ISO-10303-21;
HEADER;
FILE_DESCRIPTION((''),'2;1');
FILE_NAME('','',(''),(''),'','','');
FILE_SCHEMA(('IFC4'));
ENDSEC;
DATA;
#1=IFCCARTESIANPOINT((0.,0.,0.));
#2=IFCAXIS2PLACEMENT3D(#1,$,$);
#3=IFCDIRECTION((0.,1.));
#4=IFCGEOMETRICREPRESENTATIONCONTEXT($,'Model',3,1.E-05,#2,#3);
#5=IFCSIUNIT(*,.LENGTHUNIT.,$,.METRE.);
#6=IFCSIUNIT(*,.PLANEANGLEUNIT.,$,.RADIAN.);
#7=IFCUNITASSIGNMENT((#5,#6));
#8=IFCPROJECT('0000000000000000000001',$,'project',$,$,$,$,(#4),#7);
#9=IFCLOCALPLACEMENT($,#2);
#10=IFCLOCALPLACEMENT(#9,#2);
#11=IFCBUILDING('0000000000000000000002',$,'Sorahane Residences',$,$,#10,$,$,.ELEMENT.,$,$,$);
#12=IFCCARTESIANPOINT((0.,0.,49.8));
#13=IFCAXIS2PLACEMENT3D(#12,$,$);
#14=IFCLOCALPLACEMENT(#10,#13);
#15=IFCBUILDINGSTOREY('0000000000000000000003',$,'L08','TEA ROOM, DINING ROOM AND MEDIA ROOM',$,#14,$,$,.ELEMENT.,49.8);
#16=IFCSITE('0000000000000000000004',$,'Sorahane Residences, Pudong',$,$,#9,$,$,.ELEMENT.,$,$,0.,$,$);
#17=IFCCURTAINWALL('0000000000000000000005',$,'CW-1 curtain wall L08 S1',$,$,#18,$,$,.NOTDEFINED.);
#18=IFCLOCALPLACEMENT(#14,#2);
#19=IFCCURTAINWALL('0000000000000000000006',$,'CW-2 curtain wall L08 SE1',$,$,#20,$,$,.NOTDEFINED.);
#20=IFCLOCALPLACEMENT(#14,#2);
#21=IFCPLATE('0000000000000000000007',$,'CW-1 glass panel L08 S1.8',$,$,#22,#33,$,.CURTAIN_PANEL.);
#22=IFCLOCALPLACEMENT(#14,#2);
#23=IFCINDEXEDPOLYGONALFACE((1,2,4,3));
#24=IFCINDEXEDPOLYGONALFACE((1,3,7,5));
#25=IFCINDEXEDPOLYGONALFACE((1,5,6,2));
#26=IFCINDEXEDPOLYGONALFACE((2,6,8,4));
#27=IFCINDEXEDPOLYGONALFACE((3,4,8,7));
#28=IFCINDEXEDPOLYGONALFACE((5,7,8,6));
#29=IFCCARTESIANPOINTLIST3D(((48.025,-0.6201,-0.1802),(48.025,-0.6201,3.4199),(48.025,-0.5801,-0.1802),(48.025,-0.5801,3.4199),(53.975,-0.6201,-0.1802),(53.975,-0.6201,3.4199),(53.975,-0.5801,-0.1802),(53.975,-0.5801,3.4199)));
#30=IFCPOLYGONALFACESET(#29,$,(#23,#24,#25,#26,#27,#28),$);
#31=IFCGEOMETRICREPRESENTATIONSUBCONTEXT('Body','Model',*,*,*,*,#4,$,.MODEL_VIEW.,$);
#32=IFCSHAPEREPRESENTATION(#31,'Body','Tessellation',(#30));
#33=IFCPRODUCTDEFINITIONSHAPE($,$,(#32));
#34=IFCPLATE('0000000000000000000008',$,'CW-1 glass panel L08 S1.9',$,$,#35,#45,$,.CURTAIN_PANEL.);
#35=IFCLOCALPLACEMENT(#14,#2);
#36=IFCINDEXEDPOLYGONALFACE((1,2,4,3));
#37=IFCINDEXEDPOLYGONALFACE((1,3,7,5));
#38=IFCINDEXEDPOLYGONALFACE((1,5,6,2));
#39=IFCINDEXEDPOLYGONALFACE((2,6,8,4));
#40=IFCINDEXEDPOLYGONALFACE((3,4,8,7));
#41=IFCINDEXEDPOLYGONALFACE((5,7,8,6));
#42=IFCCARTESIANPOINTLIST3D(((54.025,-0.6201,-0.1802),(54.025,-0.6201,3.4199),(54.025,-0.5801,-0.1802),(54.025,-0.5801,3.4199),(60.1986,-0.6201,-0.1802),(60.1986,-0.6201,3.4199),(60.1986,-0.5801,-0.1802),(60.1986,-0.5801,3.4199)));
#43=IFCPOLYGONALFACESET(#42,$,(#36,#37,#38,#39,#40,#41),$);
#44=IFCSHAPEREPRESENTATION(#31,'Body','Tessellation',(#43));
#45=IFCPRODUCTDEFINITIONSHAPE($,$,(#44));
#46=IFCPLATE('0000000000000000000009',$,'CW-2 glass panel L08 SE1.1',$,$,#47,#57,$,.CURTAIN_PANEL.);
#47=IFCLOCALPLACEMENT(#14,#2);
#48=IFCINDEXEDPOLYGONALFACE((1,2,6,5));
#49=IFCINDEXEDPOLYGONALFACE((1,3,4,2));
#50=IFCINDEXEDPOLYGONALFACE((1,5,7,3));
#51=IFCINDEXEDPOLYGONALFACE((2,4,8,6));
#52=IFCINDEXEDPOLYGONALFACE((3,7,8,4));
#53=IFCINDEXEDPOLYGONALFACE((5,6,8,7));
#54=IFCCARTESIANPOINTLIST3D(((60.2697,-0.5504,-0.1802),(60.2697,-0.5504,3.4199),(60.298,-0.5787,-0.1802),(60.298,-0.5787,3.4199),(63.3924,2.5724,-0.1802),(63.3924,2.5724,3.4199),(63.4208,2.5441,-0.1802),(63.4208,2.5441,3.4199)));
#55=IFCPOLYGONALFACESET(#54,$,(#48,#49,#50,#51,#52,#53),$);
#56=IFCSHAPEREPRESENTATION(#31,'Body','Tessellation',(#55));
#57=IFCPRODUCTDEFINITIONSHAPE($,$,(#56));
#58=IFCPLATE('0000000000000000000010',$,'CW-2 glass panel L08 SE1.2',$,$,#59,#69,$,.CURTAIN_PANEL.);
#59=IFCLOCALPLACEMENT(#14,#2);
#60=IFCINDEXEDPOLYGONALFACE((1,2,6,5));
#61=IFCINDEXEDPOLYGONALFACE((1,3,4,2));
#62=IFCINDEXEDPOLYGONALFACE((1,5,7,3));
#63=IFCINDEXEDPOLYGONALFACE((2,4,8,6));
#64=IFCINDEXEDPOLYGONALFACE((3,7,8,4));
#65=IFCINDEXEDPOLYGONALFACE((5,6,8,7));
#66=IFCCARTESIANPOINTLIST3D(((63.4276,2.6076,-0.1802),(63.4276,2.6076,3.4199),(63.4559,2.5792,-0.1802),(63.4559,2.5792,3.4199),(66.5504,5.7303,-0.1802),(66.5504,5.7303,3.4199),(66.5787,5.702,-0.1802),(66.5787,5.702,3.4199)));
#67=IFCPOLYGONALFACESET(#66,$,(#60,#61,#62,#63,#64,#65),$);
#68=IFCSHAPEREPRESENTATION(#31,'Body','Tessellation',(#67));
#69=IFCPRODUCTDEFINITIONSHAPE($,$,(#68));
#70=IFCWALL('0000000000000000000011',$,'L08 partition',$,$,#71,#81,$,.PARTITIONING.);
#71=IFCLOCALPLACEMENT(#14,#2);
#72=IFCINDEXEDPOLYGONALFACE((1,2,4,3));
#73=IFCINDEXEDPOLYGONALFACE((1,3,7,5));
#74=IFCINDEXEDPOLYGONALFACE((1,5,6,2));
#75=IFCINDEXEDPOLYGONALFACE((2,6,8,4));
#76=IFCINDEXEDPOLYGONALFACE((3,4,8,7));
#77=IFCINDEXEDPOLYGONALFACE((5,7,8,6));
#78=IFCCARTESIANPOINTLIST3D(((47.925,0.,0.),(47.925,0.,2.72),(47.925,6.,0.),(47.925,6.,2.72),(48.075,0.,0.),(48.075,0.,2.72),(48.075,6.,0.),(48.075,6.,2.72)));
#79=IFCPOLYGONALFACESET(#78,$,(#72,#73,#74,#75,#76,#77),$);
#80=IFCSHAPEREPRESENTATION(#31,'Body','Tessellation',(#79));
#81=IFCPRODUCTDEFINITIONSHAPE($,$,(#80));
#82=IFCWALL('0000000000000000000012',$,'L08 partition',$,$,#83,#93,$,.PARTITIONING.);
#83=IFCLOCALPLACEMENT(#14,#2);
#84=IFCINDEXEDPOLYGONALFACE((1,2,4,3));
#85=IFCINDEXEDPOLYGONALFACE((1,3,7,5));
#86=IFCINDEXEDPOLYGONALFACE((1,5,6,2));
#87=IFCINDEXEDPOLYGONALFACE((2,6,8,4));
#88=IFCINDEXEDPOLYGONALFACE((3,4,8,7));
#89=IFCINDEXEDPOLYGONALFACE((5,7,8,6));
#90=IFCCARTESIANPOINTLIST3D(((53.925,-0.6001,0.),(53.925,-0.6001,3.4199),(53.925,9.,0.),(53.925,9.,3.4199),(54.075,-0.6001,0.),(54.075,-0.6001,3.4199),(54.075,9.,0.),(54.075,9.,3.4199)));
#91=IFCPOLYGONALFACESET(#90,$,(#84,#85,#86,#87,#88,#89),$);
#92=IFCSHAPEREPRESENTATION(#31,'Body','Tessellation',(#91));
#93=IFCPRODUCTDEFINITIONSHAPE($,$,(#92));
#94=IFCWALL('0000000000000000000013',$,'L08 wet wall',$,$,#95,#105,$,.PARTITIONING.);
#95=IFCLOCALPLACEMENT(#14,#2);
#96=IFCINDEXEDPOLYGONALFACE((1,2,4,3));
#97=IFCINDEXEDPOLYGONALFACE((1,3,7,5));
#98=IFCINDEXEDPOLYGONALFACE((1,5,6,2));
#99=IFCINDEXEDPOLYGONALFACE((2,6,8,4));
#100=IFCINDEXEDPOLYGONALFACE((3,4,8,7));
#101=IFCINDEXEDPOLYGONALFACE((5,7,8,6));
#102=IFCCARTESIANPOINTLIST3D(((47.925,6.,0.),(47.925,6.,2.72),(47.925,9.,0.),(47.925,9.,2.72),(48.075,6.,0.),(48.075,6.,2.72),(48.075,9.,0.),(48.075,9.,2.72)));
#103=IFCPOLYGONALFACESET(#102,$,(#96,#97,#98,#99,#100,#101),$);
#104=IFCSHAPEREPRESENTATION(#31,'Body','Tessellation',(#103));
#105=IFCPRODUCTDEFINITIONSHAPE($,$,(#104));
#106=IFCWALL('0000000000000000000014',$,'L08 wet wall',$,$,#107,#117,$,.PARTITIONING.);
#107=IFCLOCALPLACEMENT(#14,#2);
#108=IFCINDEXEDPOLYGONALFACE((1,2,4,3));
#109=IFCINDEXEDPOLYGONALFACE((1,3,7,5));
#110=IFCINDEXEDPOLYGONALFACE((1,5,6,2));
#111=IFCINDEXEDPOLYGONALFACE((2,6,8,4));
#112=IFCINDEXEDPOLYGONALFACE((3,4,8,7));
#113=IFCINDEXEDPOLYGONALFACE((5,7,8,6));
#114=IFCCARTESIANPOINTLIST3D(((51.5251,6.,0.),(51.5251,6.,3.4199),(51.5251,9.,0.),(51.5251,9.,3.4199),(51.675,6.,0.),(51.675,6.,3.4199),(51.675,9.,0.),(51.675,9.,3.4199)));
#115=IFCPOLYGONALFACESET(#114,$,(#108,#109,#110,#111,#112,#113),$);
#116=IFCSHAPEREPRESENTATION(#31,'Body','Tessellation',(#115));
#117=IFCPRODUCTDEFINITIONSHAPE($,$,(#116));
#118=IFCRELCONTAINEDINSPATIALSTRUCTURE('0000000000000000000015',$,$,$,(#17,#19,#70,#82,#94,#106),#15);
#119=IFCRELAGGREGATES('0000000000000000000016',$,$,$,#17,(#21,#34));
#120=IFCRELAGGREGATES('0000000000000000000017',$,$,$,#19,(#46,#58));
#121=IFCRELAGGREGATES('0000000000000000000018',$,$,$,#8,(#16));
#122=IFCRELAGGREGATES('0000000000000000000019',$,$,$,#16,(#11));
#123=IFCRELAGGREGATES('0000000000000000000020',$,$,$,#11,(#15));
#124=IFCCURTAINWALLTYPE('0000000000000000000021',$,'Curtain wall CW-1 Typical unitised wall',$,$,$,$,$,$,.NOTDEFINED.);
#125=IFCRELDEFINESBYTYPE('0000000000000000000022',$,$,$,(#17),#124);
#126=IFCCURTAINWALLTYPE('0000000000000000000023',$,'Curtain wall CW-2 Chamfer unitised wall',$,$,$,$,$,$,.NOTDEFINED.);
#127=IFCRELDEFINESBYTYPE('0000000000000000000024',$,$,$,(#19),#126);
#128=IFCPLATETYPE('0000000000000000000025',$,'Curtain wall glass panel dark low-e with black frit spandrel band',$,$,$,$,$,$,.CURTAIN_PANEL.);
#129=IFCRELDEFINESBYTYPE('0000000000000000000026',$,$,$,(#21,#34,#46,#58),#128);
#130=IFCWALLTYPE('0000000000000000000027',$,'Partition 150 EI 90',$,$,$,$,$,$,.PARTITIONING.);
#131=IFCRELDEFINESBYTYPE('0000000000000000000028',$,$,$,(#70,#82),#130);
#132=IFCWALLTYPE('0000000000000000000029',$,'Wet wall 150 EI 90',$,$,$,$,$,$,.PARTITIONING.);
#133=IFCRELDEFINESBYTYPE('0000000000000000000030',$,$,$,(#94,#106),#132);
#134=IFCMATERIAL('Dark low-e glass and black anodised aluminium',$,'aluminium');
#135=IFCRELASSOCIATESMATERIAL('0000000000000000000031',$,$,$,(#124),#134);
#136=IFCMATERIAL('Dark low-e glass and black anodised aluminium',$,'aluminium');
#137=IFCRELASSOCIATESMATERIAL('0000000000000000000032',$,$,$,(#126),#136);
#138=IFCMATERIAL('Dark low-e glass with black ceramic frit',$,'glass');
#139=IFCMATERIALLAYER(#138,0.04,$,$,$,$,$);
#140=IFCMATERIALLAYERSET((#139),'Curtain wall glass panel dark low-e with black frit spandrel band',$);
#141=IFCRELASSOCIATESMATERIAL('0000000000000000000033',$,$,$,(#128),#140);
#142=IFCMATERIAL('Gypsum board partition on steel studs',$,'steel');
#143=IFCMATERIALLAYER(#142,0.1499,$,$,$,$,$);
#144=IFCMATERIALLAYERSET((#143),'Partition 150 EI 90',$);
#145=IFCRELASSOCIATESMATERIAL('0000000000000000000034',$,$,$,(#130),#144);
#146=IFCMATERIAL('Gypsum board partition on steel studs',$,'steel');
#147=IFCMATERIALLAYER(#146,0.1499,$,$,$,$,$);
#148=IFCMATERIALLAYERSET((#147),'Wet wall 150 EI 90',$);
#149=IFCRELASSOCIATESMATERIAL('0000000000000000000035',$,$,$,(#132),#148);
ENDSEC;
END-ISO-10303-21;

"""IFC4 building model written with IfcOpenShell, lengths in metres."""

from ifc_helpers import new_model, si_unit, direction, frame, frame_2d, origin, origin_2d, place, context, subcontext, project, spatial, rectangle, extrude, material, layer, layer_set, type_object, element, aggregate, save


model = new_model("IFC4")

# Units and contexts
model_context = context("Model", 3, precision=1e-05, world=origin(), true_north=direction((0.0, 1.0)))
body_context = subcontext(model_context, "Body", "Model", "MODEL_VIEW")
ifc_project = project(units=[si_unit("LENGTHUNIT", "METRE"), si_unit("PLANEANGLEUNIT", "RADIAN")], contexts=[model_context])

# Site, building, storey
site_placement = place(None, origin())
site = spatial("IfcSite", under=ifc_project, at=site_placement, Name="Sorahane Residences, Pudong", CompositionType="ELEMENT", RefElevation=0.0)
building_placement = place(site_placement, origin())
building = spatial("IfcBuilding", under=site, at=building_placement, Name="Sorahane Residences", CompositionType="ELEMENT")
storey_placement = place(building_placement, frame((0.0, 0.0, 49.8)))
storey = spatial("IfcBuildingStorey", under=building, at=storey_placement, Name="L08", Description="TEA ROOM, DINING ROOM AND MEDIA ROOM", CompositionType="ELEMENT", Elevation=49.8)

# Curtain walls
ifc_material_1 = material(Name="Dark low-e glass and black anodised aluminium", Category="aluminium")
curtain_wall_type_1 = type_object("IfcCurtainWallType", Name="Curtain wall CW-1 Typical unitised wall", PredefinedType="NOTDEFINED", material=ifc_material_1)
curtain_wall_1_placement = place(storey_placement, origin())
curtain_wall_1 = element("IfcCurtainWall", 1, at=curtain_wall_1_placement, inside=storey, type_object=curtain_wall_type_1, Name="CW-1 curtain wall L08 S1", PredefinedType="NOTDEFINED")
ifc_material_2 = material(Name="Dark low-e glass and black anodised aluminium", Category="aluminium")
curtain_wall_type_2 = type_object("IfcCurtainWallType", Name="Curtain wall CW-2 Chamfer unitised wall", PredefinedType="NOTDEFINED", material=ifc_material_2)
curtain_wall_2_placement = place(storey_placement, origin())
curtain_wall_2 = element("IfcCurtainWall", 2, at=curtain_wall_2_placement, inside=storey, type_object=curtain_wall_type_2, Name="CW-2 curtain wall L08 SE1", PredefinedType="NOTDEFINED")

# Plates
ifc_material_3 = material(Name="Dark low-e glass with black ceramic frit", Category="glass")
ifc_layer_1 = layer(ifc_material_3, 0.04)
ifc_layer_set_1 = layer_set([ifc_layer_1], Name="Curtain wall glass panel dark low-e with black frit spandrel band")
plate_type = type_object("IfcPlateType", Name="Curtain wall glass panel dark low-e with black frit spandrel band", PredefinedType="CURTAIN_PANEL", material=ifc_layer_set_1)
plate_1_placement = place(storey_placement, frame((51.0, -0.6001, -0.1802), z_axis=(0.0, 0.0, 1.0), x_axis=(1.0, 0.0, 0.0)))
plate_1 = element("IfcPlate", 3, at=plate_1_placement, type_object=plate_type, Name="CW-1 glass panel L08 S1.8", PredefinedType="CURTAIN_PANEL", context=body_context, shape_type="SweptSolid", body=[
    extrude(rectangle(XDim=5.95, YDim=0.04, at=origin_2d()), origin(), (0.0, 0.0, 1.0), 3.6001),
])
plate_2_placement = place(storey_placement, frame((57.1118, -0.6001, -0.1802), z_axis=(0.0, 0.0, 1.0), x_axis=(1.0, 0.0, 0.0)))
plate_2 = element("IfcPlate", 4, at=plate_2_placement, type_object=plate_type, Name="CW-1 glass panel L08 S1.9", PredefinedType="CURTAIN_PANEL", context=body_context, shape_type="SweptSolid", body=[
    extrude(rectangle(XDim=6.1736, YDim=0.04, at=origin_2d()), origin(), (0.0, 0.0, 1.0), 3.6001),
])
aggregate(curtain_wall_1, [plate_1, plate_2])
plate_3_placement = place(storey_placement, frame((61.8452, 0.9968, -0.1802), z_axis=(0.0, 0.0, 1.0), x_axis=(0.707107, 0.707107, 0.0)))
plate_3 = element("IfcPlate", 5, at=plate_3_placement, type_object=plate_type, Name="CW-2 glass panel L08 SE1.1", PredefinedType="CURTAIN_PANEL", context=body_context, shape_type="SweptSolid", body=[
    extrude(rectangle(XDim=4.4163, YDim=0.04, at=origin_2d()), origin(), (0.0, 0.0, 1.0), 3.6001),
])
plate_4_placement = place(storey_placement, frame((65.0032, 4.1548, -0.1802), z_axis=(0.0, 0.0, 1.0), x_axis=(0.707107, 0.707107, 0.0)))
plate_4 = element("IfcPlate", 6, at=plate_4_placement, type_object=plate_type, Name="CW-2 glass panel L08 SE1.2", PredefinedType="CURTAIN_PANEL", context=body_context, shape_type="SweptSolid", body=[
    extrude(rectangle(XDim=4.4163, YDim=0.04, at=origin_2d()), origin(), (0.0, 0.0, 1.0), 3.6001),
])
aggregate(curtain_wall_2, [plate_3, plate_4])

# Walls
ifc_material_4 = material(Name="Gypsum board partition on steel studs", Category="steel")
ifc_layer_2 = layer(ifc_material_4, 0.1499)
ifc_layer_set_2 = layer_set([ifc_layer_2], Name="Partition 150 EI 90")
wall_type_1 = type_object("IfcWallType", Name="Partition 150 EI 90", PredefinedType="PARTITIONING", material=ifc_layer_set_2)
wall_1_placement = place(storey_placement, frame((48.0, 0.0, 0.0), z_axis=(0.0, 0.0, 1.0), x_axis=(0.0, 1.0, 0.0)))
element("IfcWall", 7, at=wall_1_placement, inside=storey, type_object=wall_type_1, Name="L08 partition", PredefinedType="PARTITIONING", context=body_context, shape_type="SweptSolid", body=[
    extrude(rectangle(XDim=6.0, YDim=0.1499, at=frame_2d((3.0, 0.0))), origin(), (0.0, 0.0, 1.0), 2.72),
])
wall_2_placement = place(storey_placement, frame((54.0, -0.6001, 0.0), z_axis=(0.0, 0.0, 1.0), x_axis=(0.0, 1.0, 0.0)))
element("IfcWall", 8, at=wall_2_placement, inside=storey, type_object=wall_type_1, Name="L08 partition", PredefinedType="PARTITIONING", context=body_context, shape_type="SweptSolid", body=[
    extrude(rectangle(XDim=9.6001, YDim=0.1499, at=frame_2d((4.8, 0.0))), origin(), (0.0, 0.0, 1.0), 3.4199),
])

# Walls
ifc_material_5 = material(Name="Gypsum board partition on steel studs", Category="steel")
ifc_layer_3 = layer(ifc_material_5, 0.1499)
ifc_layer_set_3 = layer_set([ifc_layer_3], Name="Wet wall 150 EI 90")
wall_type_2 = type_object("IfcWallType", Name="Wet wall 150 EI 90", PredefinedType="PARTITIONING", material=ifc_layer_set_3)
wall_3_placement = place(storey_placement, frame((48.0, 6.0, 0.0), z_axis=(0.0, 0.0, 1.0), x_axis=(0.0, 1.0, 0.0)))
element("IfcWall", 9, at=wall_3_placement, inside=storey, type_object=wall_type_2, Name="L08 wet wall", PredefinedType="PARTITIONING", context=body_context, shape_type="SweptSolid", body=[
    extrude(rectangle(XDim=3.0, YDim=0.1499, at=frame_2d((1.5, 0.0))), origin(), (0.0, 0.0, 1.0), 2.72),
])
wall_4_placement = place(storey_placement, frame((51.6001, 6.0, 0.0), z_axis=(0.0, 0.0, 1.0), x_axis=(0.0, 1.0, 0.0)))
element("IfcWall", 10, at=wall_4_placement, inside=storey, type_object=wall_type_2, Name="L08 wet wall", PredefinedType="PARTITIONING", context=body_context, shape_type="SweptSolid", body=[
    extrude(rectangle(XDim=3.0, YDim=0.1499, at=frame_2d((1.5, 0.0))), origin(), (0.0, 0.0, 1.0), 3.4199),
])

save(model, "model.ifc")
